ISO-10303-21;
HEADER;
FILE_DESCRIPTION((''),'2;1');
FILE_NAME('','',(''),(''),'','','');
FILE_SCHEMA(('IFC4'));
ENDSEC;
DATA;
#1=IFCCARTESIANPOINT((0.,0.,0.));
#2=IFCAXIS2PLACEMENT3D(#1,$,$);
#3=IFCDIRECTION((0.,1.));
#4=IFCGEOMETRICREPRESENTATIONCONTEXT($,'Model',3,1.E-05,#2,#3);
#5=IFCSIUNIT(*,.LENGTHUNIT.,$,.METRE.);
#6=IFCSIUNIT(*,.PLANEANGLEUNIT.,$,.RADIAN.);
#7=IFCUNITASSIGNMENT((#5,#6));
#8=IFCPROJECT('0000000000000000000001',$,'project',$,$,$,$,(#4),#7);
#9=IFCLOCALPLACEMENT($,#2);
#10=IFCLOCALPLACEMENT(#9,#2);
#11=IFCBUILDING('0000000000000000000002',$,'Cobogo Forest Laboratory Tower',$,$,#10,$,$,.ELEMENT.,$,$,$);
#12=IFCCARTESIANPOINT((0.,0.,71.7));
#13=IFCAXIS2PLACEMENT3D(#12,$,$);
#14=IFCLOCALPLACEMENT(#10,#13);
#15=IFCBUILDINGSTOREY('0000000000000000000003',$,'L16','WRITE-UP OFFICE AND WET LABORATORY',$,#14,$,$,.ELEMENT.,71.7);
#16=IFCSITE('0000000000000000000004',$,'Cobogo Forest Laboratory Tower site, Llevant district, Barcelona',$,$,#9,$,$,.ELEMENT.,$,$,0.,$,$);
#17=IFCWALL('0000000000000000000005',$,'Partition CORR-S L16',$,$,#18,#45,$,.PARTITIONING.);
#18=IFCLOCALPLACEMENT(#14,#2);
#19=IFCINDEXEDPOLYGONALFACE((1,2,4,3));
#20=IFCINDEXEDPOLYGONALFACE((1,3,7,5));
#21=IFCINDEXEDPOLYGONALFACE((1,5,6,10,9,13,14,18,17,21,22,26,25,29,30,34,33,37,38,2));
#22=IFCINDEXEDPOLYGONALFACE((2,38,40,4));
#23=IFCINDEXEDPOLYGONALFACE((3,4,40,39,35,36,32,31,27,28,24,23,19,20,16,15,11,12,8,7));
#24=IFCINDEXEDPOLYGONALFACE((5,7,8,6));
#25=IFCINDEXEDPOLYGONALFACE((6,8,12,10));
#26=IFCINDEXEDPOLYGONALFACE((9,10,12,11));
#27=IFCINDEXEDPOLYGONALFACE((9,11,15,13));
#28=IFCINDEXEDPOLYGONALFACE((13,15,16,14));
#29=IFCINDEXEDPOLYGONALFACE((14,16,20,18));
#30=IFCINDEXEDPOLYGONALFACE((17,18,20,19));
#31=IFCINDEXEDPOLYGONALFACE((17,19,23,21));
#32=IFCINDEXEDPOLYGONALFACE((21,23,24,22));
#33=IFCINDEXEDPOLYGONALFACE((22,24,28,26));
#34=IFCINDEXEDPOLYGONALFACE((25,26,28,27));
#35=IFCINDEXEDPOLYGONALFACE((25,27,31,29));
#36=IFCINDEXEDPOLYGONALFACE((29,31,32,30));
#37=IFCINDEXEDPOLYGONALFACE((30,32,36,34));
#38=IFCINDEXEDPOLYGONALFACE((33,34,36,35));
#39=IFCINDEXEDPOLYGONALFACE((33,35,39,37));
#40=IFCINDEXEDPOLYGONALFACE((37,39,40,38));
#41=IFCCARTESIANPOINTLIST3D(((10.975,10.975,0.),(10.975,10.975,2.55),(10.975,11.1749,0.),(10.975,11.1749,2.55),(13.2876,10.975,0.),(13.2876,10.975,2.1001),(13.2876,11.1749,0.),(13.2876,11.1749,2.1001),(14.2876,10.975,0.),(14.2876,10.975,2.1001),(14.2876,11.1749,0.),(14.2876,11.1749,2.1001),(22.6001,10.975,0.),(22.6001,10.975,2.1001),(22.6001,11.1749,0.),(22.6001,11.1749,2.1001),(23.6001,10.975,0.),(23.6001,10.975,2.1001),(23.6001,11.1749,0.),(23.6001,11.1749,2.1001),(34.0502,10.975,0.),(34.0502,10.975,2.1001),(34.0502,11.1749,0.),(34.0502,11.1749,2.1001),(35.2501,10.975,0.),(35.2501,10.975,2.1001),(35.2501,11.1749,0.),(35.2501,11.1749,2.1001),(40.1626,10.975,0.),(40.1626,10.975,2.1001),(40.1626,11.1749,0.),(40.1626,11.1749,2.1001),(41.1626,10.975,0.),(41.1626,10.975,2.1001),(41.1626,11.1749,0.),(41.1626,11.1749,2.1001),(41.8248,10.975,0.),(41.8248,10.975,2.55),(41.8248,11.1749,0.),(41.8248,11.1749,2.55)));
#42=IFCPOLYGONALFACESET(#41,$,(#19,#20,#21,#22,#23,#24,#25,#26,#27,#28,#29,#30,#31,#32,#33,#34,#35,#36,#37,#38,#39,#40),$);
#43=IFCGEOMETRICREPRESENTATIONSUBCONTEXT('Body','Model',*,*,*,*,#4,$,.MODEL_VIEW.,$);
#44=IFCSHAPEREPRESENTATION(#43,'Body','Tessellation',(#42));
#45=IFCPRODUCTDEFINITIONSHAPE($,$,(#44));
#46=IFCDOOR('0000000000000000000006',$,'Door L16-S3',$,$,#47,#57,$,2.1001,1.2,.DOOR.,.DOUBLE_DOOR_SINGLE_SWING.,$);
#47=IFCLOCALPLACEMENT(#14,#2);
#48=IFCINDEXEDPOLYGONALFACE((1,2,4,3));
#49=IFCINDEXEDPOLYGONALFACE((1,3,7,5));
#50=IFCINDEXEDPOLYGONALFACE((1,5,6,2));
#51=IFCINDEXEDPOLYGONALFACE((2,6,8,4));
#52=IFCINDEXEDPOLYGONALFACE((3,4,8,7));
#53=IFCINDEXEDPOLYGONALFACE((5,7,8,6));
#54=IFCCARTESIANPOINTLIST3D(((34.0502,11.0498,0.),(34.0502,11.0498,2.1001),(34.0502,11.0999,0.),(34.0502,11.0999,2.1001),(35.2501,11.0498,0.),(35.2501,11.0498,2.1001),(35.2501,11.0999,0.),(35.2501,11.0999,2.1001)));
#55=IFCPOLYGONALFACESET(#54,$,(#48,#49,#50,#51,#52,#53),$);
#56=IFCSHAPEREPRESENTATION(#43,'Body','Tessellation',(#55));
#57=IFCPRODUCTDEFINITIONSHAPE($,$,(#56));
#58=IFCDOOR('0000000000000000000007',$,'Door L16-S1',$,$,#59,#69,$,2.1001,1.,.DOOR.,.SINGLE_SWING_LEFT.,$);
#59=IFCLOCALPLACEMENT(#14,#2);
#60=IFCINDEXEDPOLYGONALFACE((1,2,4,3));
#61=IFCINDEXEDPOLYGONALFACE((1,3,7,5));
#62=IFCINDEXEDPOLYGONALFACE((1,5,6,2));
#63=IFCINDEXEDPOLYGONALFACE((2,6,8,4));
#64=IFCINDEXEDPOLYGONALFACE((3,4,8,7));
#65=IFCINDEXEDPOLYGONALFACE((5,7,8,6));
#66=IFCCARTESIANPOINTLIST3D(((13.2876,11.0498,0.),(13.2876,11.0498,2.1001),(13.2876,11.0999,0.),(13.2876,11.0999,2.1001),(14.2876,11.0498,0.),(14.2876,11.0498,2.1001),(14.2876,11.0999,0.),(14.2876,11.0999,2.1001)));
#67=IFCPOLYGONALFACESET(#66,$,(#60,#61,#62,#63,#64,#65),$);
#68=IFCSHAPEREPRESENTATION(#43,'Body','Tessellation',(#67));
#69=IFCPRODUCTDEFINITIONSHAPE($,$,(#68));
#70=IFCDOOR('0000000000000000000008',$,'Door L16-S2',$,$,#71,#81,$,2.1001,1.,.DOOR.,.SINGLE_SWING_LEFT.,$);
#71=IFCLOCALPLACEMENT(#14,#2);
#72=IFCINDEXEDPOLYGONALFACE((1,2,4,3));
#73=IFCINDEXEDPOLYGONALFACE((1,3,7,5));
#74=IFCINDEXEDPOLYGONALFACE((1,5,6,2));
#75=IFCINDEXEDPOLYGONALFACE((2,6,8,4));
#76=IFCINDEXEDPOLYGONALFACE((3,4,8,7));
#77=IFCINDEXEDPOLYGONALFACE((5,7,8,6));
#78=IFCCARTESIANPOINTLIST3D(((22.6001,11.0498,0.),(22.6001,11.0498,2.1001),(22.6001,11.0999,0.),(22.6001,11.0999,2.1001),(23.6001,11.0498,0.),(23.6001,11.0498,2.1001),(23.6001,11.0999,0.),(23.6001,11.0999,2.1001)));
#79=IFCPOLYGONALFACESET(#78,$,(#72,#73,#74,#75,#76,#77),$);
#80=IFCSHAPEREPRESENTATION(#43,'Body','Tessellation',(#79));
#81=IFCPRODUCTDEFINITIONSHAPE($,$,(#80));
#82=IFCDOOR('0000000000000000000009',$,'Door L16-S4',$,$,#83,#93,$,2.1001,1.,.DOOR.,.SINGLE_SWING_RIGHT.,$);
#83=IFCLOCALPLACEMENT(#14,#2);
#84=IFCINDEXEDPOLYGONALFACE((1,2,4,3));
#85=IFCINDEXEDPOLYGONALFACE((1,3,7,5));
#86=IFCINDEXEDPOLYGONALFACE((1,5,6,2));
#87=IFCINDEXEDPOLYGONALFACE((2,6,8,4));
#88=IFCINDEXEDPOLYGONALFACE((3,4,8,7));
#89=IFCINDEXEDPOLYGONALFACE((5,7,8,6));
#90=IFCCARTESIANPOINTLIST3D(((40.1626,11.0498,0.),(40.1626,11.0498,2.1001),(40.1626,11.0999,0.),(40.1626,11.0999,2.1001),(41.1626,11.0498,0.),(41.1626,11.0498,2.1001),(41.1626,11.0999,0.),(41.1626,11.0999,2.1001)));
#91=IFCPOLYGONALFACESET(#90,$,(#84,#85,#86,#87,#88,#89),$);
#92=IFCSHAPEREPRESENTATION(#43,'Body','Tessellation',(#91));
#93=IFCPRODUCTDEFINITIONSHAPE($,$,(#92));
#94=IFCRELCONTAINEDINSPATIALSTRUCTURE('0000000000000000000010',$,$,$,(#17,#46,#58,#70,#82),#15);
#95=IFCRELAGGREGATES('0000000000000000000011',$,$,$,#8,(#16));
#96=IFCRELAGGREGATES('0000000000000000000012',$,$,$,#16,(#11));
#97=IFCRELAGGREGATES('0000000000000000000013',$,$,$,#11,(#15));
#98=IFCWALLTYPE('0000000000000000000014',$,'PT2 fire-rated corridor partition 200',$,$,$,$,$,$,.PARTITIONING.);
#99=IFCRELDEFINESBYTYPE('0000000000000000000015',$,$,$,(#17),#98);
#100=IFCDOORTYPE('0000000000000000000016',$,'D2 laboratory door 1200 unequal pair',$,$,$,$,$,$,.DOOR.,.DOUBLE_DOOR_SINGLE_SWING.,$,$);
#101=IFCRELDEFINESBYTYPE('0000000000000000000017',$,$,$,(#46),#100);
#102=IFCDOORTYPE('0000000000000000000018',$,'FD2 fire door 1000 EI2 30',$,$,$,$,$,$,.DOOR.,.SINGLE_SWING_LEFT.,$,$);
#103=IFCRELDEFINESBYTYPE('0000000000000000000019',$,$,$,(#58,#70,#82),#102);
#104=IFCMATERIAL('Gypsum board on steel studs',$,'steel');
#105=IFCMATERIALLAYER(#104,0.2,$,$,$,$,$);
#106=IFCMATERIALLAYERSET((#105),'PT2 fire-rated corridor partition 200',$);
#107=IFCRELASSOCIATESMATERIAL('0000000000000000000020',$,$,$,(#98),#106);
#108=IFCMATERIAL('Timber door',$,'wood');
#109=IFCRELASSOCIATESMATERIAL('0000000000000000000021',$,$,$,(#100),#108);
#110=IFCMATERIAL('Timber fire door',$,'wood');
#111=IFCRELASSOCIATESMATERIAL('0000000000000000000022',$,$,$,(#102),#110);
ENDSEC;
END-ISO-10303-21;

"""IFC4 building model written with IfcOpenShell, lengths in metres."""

from ifc_helpers import new_model, si_unit, direction, frame, frame_2d, origin, place, context, subcontext, project, spatial, rectangle, extrude, material, layer, layer_set, type_object, element, fill, save


model = new_model("IFC4")

# Units and contexts
model_context = context("Model", 3, precision=1e-05, world=origin(), true_north=direction((0.0, 1.0)))
body_context = subcontext(model_context, "Body", "Model", "MODEL_VIEW")
ifc_project = project(units=[si_unit("LENGTHUNIT", "METRE"), si_unit("PLANEANGLEUNIT", "RADIAN")], contexts=[model_context])

# Site, building, storey
site_placement = place(None, origin())
site = spatial("IfcSite", under=ifc_project, at=site_placement, Name="Cobogo Forest Laboratory Tower site, Llevant district, Barcelona", CompositionType="ELEMENT", RefElevation=0.0)
building_placement = place(site_placement, origin())
building = spatial("IfcBuilding", under=site, at=building_placement, Name="Cobogo Forest Laboratory Tower", CompositionType="ELEMENT")
storey_placement = place(building_placement, frame((0.0, 0.0, 71.7)))
storey = spatial("IfcBuildingStorey", under=building, at=storey_placement, Name="L16", Description="WRITE-UP OFFICE AND WET LABORATORY", CompositionType="ELEMENT", Elevation=71.7)

# Shared definitions
ifc_material_1 = material(Name="Gypsum board on steel studs", Category="steel")

# Wall, openings, doors
ifc_layer_1 = layer(ifc_material_1, 0.2)
ifc_layer_set_1 = layer_set([ifc_layer_1], Name="PT2 fire-rated corridor partition 200")
wall_type_1 = type_object("IfcWallType", Name="PT2 fire-rated corridor partition 200", PredefinedType="PARTITIONING", material=ifc_layer_set_1)
wall_1_placement = place(storey_placement, frame((10.9751, 11.075, 0.0), z_axis=(0.0, 0.0, 1.0), x_axis=(1.0, 0.0, 0.0)))
wall_1 = element("IfcWall", 1, at=wall_1_placement, inside=storey, type_object=wall_type_1, Name="Partition CORR-S L16", PredefinedType="PARTITIONING", context=body_context, shape_type="SweptSolid", body=[
    extrude(rectangle(XDim=30.8499, YDim=0.2, at=frame_2d((15.4248, 0.0))), origin(), (0.0, 0.0, 1.0), 2.55),
])
opening_1_placement = place(wall_1_placement, frame((2.3125, 0.0, 0.0)))
opening_1 = element("IfcOpeningElement", 2, at=opening_1_placement, cuts=wall_1, PredefinedType="OPENING", context=body_context, shape_type="SweptSolid", body=[
    extrude(rectangle(XDim=1.0, YDim=2.1001, at=frame_2d((0.5, 1.05))), frame((0.0, 0.1099, 0.0), z_axis=(0.0, -1.0, 0.0), x_axis=(1.0, 0.0, 0.0)), (0.0, 0.0, 1.0), 0.22),
])
opening_2_placement = place(wall_1_placement, frame((11.625, 0.0, 0.0)))
opening_2 = element("IfcOpeningElement", 3, at=opening_2_placement, cuts=wall_1, PredefinedType="OPENING", context=body_context, shape_type="SweptSolid", body=[
    extrude(rectangle(XDim=1.0, YDim=2.1001, at=frame_2d((0.5, 1.05))), frame((0.0, 0.1099, 0.0), z_axis=(0.0, -1.0, 0.0), x_axis=(1.0, 0.0, 0.0)), (0.0, 0.0, 1.0), 0.22),
])
opening_3_placement = place(wall_1_placement, frame((23.075, 0.0, 0.0)))
opening_3 = element("IfcOpeningElement", 4, at=opening_3_placement, cuts=wall_1, PredefinedType="OPENING", context=body_context, shape_type="SweptSolid", body=[
    extrude(rectangle(XDim=1.2, YDim=2.1001, at=frame_2d((0.6001, 1.05))), frame((0.0, 0.1099, 0.0), z_axis=(0.0, -1.0, 0.0), x_axis=(1.0, 0.0, 0.0)), (0.0, 0.0, 1.0), 0.22),
])
opening_4_placement = place(wall_1_placement, frame((29.1875, 0.0, 0.0)))
opening_4 = element("IfcOpeningElement", 5, at=opening_4_placement, cuts=wall_1, PredefinedType="OPENING", context=body_context, shape_type="SweptSolid", body=[
    extrude(rectangle(XDim=1.0, YDim=2.1001, at=frame_2d((0.5, 1.05))), frame((0.0, 0.1099, 0.0), z_axis=(0.0, -1.0, 0.0), x_axis=(1.0, 0.0, 0.0)), (0.0, 0.0, 1.0), 0.22),
])
ifc_material_2 = material(Name="Timber door", Category="wood")
door_type_1 = type_object("IfcDoorType", Name="D2 laboratory door 1200 unequal pair", OperationType="DOUBLE_DOOR_SINGLE_SWING", PredefinedType="DOOR", material=ifc_material_2)
door_1_placement = place(opening_3_placement, origin())
door_1 = element("IfcDoor", 6, at=door_1_placement, inside=storey, type_object=door_type_1, Name="Door L16-S3", OperationType="DOUBLE_DOOR_SINGLE_SWING", OverallHeight=2.1001, OverallWidth=1.2, PredefinedType="DOOR", context=body_context, shape_type="SweptSolid", body=[
    extrude(rectangle(XDim=1.2, YDim=2.1001, at=frame_2d((0.6001, 1.05))), frame((0.0, 0.0249, 0.0), z_axis=(0.0, -1.0, 0.0), x_axis=(1.0, 0.0, 0.0)), (0.0, 0.0, 1.0), 0.05),
])
fill(opening_3, door_1)
ifc_material_3 = material(Name="Timber fire door", Category="wood")
door_type_2 = type_object("IfcDoorType", Name="FD2 fire door 1000 EI2 30", OperationType="SINGLE_SWING_LEFT", PredefinedType="DOOR", material=ifc_material_3)
door_2_placement = place(opening_1_placement, origin())
door_2 = element("IfcDoor", 7, at=door_2_placement, inside=storey, type_object=door_type_2, Name="Door L16-S1", OperationType="SINGLE_SWING_LEFT", OverallHeight=2.1001, OverallWidth=1.0, PredefinedType="DOOR", context=body_context, shape_type="SweptSolid", body=[
    extrude(rectangle(XDim=1.0, YDim=2.1001, at=frame_2d((0.5, 1.05))), frame((0.0, 0.0249, 0.0), z_axis=(0.0, -1.0, 0.0), x_axis=(1.0, 0.0, 0.0)), (0.0, 0.0, 1.0), 0.05),
])
fill(opening_1, door_2)
door_3_placement = place(opening_2_placement, origin())
door_3 = element("IfcDoor", 8, at=door_3_placement, inside=storey, type_object=door_type_2, Name="Door L16-S2", OperationType="SINGLE_SWING_LEFT", OverallHeight=2.1001, OverallWidth=1.0, PredefinedType="DOOR", context=body_context, shape_type="SweptSolid", body=[
    extrude(rectangle(XDim=1.0, YDim=2.1001, at=frame_2d((0.5, 1.05))), frame((0.0, 0.0249, 0.0), z_axis=(0.0, -1.0, 0.0), x_axis=(1.0, 0.0, 0.0)), (0.0, 0.0, 1.0), 0.05),
])
fill(opening_2, door_3)
door_4_placement = place(opening_4_placement, origin())
door_4 = element("IfcDoor", 9, at=door_4_placement, inside=storey, type_object=door_type_2, Name="Door L16-S4", OperationType="SINGLE_SWING_RIGHT", OverallHeight=2.1001, OverallWidth=1.0, PredefinedType="DOOR", context=body_context, shape_type="SweptSolid", body=[
    extrude(rectangle(XDim=1.0, YDim=2.1001, at=frame_2d((0.5, 1.05))), frame((0.0, 0.0249, 0.0), z_axis=(0.0, -1.0, 0.0), x_axis=(1.0, 0.0, 0.0)), (0.0, 0.0, 1.0), 0.05),
])
fill(opening_4, door_4)

save(model, "model.ifc")
